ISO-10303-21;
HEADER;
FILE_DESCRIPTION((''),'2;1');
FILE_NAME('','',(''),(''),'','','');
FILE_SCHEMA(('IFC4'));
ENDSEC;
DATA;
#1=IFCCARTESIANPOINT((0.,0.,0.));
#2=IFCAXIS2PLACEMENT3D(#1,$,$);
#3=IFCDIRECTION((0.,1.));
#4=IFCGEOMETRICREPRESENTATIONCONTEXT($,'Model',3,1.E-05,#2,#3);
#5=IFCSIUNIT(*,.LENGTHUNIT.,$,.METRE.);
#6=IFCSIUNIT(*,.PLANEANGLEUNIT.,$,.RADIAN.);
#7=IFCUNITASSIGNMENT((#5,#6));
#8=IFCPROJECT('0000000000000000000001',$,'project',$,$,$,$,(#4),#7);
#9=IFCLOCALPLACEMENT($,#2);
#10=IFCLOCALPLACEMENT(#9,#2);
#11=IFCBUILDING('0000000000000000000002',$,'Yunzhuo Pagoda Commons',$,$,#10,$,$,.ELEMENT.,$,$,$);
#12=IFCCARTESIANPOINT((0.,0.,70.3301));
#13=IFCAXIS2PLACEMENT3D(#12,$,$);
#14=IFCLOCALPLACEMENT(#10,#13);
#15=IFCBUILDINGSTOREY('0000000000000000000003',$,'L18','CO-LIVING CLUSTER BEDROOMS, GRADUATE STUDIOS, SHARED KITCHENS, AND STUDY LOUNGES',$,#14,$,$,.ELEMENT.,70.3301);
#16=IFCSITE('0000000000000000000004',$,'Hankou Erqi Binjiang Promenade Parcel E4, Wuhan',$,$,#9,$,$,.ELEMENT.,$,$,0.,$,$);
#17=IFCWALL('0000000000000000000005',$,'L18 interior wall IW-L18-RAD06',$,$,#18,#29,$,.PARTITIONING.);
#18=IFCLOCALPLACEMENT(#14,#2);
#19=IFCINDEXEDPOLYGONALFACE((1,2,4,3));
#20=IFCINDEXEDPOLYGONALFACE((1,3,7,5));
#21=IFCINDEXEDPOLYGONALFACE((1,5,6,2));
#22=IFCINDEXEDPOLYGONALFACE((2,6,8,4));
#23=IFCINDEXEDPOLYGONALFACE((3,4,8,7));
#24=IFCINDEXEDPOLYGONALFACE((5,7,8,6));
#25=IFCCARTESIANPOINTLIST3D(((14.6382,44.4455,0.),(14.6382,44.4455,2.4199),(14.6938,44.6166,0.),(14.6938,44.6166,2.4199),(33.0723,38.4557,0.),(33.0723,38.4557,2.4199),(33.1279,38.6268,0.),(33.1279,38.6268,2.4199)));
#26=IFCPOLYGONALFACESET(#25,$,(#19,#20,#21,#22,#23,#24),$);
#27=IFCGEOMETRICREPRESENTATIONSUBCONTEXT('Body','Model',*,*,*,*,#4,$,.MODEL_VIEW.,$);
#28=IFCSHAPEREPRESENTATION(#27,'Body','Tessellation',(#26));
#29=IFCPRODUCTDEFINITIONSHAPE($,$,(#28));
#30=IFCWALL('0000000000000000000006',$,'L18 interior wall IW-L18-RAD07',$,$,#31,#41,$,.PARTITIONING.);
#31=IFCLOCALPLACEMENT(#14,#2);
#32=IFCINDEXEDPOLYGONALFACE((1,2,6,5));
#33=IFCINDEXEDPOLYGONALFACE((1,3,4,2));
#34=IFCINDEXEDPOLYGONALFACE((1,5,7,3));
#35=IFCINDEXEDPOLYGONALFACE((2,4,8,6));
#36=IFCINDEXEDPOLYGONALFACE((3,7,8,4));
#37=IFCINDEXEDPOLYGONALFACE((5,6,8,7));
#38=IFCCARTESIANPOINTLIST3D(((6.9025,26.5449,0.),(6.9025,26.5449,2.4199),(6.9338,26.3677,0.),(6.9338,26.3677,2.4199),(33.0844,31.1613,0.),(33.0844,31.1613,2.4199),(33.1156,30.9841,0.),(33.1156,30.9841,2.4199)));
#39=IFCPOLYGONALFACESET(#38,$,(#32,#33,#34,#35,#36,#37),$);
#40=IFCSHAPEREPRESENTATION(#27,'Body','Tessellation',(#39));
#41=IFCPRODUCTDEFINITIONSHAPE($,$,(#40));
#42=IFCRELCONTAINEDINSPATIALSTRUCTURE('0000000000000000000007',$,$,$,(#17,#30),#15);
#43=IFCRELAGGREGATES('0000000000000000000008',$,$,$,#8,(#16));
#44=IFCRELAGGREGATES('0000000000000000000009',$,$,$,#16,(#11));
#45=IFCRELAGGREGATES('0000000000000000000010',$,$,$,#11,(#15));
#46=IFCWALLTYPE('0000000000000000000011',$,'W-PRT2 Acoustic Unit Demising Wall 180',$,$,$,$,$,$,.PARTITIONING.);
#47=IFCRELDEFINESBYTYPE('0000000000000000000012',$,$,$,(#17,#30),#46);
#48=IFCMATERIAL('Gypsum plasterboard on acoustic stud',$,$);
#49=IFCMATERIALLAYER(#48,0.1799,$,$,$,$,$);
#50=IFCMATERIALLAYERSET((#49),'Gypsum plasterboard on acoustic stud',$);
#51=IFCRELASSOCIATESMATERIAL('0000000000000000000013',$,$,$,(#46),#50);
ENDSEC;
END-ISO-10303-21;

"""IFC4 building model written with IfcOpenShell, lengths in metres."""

from ifc_helpers import new_model, si_unit, direction, frame, frame_2d, origin, place, context, subcontext, project, spatial, rectangle, extrude, material, layer, layer_set, type_object, element, save


model = new_model("IFC4")

# Units and contexts
model_context = context("Model", 3, precision=1e-05, world=origin(), true_north=direction((0.0, 1.0)))
body_context = subcontext(model_context, "Body", "Model", "MODEL_VIEW")
ifc_project = project(units=[si_unit("LENGTHUNIT", "METRE"), si_unit("PLANEANGLEUNIT", "RADIAN")], contexts=[model_context])

# Site, building, storey
site_placement = place(None, origin())
site = spatial("IfcSite", under=ifc_project, at=site_placement, Name="Hankou Erqi Binjiang Promenade Parcel E4, Wuhan", CompositionType="ELEMENT", RefElevation=0.0)
building_placement = place(site_placement, origin())
building = spatial("IfcBuilding", under=site, at=building_placement, Name="Yunzhuo Pagoda Commons", CompositionType="ELEMENT")
storey_placement = place(building_placement, frame((0.0, 0.0, 70.3301)))
storey = spatial("IfcBuildingStorey", under=building, at=storey_placement, Name="L18", Description="CO-LIVING CLUSTER BEDROOMS, GRADUATE STUDIOS, SHARED KITCHENS, AND STUDY LOUNGES", CompositionType="ELEMENT", Elevation=70.3301)

# Shared definitions
ifc_material_1 = material(Name="Gypsum plasterboard on acoustic stud")

# Walls
ifc_layer_1 = layer(ifc_material_1, 0.1799)
ifc_layer_set_1 = layer_set([ifc_layer_1], Name="Gypsum plasterboard on acoustic stud")
wall_type_1 = type_object("IfcWallType", Name="W-PRT2 Acoustic Unit Demising Wall 180", PredefinedType="PARTITIONING", material=ifc_layer_set_1)
wall_1_placement = place(storey_placement, frame((33.1001, 38.5413, 0.0), z_axis=(0.0, 0.0, 1.0), x_axis=(-0.951054, 0.309024, 0.0)))
element("IfcWall", 1, at=wall_1_placement, inside=storey, type_object=wall_type_1, Name="L18 interior wall IW-L18-RAD06", PredefinedType="PARTITIONING", context=body_context, shape_type="SweptSolid", body=[
    extrude(rectangle(XDim=19.3828, YDim=0.1799, at=frame_2d((9.6914, 0.0))), origin(), (0.0, 0.0, 1.0), 2.4199),
])
wall_2_placement = place(storey_placement, frame((33.1001, 31.0728, 0.0), z_axis=(0.0, 0.0, 1.0), x_axis=(-0.984809, -0.173644, 0.0)))
element("IfcWall", 2, at=wall_2_placement, inside=storey, type_object=wall_type_1, Name="L18 interior wall IW-L18-RAD07", PredefinedType="PARTITIONING", context=body_context, shape_type="SweptSolid", body=[
    extrude(rectangle(XDim=26.5857, YDim=0.1799, at=frame_2d((13.293, 0.0))), origin(), (0.0, 0.0, 1.0), 2.4199),
])

save(model, "model.ifc")
